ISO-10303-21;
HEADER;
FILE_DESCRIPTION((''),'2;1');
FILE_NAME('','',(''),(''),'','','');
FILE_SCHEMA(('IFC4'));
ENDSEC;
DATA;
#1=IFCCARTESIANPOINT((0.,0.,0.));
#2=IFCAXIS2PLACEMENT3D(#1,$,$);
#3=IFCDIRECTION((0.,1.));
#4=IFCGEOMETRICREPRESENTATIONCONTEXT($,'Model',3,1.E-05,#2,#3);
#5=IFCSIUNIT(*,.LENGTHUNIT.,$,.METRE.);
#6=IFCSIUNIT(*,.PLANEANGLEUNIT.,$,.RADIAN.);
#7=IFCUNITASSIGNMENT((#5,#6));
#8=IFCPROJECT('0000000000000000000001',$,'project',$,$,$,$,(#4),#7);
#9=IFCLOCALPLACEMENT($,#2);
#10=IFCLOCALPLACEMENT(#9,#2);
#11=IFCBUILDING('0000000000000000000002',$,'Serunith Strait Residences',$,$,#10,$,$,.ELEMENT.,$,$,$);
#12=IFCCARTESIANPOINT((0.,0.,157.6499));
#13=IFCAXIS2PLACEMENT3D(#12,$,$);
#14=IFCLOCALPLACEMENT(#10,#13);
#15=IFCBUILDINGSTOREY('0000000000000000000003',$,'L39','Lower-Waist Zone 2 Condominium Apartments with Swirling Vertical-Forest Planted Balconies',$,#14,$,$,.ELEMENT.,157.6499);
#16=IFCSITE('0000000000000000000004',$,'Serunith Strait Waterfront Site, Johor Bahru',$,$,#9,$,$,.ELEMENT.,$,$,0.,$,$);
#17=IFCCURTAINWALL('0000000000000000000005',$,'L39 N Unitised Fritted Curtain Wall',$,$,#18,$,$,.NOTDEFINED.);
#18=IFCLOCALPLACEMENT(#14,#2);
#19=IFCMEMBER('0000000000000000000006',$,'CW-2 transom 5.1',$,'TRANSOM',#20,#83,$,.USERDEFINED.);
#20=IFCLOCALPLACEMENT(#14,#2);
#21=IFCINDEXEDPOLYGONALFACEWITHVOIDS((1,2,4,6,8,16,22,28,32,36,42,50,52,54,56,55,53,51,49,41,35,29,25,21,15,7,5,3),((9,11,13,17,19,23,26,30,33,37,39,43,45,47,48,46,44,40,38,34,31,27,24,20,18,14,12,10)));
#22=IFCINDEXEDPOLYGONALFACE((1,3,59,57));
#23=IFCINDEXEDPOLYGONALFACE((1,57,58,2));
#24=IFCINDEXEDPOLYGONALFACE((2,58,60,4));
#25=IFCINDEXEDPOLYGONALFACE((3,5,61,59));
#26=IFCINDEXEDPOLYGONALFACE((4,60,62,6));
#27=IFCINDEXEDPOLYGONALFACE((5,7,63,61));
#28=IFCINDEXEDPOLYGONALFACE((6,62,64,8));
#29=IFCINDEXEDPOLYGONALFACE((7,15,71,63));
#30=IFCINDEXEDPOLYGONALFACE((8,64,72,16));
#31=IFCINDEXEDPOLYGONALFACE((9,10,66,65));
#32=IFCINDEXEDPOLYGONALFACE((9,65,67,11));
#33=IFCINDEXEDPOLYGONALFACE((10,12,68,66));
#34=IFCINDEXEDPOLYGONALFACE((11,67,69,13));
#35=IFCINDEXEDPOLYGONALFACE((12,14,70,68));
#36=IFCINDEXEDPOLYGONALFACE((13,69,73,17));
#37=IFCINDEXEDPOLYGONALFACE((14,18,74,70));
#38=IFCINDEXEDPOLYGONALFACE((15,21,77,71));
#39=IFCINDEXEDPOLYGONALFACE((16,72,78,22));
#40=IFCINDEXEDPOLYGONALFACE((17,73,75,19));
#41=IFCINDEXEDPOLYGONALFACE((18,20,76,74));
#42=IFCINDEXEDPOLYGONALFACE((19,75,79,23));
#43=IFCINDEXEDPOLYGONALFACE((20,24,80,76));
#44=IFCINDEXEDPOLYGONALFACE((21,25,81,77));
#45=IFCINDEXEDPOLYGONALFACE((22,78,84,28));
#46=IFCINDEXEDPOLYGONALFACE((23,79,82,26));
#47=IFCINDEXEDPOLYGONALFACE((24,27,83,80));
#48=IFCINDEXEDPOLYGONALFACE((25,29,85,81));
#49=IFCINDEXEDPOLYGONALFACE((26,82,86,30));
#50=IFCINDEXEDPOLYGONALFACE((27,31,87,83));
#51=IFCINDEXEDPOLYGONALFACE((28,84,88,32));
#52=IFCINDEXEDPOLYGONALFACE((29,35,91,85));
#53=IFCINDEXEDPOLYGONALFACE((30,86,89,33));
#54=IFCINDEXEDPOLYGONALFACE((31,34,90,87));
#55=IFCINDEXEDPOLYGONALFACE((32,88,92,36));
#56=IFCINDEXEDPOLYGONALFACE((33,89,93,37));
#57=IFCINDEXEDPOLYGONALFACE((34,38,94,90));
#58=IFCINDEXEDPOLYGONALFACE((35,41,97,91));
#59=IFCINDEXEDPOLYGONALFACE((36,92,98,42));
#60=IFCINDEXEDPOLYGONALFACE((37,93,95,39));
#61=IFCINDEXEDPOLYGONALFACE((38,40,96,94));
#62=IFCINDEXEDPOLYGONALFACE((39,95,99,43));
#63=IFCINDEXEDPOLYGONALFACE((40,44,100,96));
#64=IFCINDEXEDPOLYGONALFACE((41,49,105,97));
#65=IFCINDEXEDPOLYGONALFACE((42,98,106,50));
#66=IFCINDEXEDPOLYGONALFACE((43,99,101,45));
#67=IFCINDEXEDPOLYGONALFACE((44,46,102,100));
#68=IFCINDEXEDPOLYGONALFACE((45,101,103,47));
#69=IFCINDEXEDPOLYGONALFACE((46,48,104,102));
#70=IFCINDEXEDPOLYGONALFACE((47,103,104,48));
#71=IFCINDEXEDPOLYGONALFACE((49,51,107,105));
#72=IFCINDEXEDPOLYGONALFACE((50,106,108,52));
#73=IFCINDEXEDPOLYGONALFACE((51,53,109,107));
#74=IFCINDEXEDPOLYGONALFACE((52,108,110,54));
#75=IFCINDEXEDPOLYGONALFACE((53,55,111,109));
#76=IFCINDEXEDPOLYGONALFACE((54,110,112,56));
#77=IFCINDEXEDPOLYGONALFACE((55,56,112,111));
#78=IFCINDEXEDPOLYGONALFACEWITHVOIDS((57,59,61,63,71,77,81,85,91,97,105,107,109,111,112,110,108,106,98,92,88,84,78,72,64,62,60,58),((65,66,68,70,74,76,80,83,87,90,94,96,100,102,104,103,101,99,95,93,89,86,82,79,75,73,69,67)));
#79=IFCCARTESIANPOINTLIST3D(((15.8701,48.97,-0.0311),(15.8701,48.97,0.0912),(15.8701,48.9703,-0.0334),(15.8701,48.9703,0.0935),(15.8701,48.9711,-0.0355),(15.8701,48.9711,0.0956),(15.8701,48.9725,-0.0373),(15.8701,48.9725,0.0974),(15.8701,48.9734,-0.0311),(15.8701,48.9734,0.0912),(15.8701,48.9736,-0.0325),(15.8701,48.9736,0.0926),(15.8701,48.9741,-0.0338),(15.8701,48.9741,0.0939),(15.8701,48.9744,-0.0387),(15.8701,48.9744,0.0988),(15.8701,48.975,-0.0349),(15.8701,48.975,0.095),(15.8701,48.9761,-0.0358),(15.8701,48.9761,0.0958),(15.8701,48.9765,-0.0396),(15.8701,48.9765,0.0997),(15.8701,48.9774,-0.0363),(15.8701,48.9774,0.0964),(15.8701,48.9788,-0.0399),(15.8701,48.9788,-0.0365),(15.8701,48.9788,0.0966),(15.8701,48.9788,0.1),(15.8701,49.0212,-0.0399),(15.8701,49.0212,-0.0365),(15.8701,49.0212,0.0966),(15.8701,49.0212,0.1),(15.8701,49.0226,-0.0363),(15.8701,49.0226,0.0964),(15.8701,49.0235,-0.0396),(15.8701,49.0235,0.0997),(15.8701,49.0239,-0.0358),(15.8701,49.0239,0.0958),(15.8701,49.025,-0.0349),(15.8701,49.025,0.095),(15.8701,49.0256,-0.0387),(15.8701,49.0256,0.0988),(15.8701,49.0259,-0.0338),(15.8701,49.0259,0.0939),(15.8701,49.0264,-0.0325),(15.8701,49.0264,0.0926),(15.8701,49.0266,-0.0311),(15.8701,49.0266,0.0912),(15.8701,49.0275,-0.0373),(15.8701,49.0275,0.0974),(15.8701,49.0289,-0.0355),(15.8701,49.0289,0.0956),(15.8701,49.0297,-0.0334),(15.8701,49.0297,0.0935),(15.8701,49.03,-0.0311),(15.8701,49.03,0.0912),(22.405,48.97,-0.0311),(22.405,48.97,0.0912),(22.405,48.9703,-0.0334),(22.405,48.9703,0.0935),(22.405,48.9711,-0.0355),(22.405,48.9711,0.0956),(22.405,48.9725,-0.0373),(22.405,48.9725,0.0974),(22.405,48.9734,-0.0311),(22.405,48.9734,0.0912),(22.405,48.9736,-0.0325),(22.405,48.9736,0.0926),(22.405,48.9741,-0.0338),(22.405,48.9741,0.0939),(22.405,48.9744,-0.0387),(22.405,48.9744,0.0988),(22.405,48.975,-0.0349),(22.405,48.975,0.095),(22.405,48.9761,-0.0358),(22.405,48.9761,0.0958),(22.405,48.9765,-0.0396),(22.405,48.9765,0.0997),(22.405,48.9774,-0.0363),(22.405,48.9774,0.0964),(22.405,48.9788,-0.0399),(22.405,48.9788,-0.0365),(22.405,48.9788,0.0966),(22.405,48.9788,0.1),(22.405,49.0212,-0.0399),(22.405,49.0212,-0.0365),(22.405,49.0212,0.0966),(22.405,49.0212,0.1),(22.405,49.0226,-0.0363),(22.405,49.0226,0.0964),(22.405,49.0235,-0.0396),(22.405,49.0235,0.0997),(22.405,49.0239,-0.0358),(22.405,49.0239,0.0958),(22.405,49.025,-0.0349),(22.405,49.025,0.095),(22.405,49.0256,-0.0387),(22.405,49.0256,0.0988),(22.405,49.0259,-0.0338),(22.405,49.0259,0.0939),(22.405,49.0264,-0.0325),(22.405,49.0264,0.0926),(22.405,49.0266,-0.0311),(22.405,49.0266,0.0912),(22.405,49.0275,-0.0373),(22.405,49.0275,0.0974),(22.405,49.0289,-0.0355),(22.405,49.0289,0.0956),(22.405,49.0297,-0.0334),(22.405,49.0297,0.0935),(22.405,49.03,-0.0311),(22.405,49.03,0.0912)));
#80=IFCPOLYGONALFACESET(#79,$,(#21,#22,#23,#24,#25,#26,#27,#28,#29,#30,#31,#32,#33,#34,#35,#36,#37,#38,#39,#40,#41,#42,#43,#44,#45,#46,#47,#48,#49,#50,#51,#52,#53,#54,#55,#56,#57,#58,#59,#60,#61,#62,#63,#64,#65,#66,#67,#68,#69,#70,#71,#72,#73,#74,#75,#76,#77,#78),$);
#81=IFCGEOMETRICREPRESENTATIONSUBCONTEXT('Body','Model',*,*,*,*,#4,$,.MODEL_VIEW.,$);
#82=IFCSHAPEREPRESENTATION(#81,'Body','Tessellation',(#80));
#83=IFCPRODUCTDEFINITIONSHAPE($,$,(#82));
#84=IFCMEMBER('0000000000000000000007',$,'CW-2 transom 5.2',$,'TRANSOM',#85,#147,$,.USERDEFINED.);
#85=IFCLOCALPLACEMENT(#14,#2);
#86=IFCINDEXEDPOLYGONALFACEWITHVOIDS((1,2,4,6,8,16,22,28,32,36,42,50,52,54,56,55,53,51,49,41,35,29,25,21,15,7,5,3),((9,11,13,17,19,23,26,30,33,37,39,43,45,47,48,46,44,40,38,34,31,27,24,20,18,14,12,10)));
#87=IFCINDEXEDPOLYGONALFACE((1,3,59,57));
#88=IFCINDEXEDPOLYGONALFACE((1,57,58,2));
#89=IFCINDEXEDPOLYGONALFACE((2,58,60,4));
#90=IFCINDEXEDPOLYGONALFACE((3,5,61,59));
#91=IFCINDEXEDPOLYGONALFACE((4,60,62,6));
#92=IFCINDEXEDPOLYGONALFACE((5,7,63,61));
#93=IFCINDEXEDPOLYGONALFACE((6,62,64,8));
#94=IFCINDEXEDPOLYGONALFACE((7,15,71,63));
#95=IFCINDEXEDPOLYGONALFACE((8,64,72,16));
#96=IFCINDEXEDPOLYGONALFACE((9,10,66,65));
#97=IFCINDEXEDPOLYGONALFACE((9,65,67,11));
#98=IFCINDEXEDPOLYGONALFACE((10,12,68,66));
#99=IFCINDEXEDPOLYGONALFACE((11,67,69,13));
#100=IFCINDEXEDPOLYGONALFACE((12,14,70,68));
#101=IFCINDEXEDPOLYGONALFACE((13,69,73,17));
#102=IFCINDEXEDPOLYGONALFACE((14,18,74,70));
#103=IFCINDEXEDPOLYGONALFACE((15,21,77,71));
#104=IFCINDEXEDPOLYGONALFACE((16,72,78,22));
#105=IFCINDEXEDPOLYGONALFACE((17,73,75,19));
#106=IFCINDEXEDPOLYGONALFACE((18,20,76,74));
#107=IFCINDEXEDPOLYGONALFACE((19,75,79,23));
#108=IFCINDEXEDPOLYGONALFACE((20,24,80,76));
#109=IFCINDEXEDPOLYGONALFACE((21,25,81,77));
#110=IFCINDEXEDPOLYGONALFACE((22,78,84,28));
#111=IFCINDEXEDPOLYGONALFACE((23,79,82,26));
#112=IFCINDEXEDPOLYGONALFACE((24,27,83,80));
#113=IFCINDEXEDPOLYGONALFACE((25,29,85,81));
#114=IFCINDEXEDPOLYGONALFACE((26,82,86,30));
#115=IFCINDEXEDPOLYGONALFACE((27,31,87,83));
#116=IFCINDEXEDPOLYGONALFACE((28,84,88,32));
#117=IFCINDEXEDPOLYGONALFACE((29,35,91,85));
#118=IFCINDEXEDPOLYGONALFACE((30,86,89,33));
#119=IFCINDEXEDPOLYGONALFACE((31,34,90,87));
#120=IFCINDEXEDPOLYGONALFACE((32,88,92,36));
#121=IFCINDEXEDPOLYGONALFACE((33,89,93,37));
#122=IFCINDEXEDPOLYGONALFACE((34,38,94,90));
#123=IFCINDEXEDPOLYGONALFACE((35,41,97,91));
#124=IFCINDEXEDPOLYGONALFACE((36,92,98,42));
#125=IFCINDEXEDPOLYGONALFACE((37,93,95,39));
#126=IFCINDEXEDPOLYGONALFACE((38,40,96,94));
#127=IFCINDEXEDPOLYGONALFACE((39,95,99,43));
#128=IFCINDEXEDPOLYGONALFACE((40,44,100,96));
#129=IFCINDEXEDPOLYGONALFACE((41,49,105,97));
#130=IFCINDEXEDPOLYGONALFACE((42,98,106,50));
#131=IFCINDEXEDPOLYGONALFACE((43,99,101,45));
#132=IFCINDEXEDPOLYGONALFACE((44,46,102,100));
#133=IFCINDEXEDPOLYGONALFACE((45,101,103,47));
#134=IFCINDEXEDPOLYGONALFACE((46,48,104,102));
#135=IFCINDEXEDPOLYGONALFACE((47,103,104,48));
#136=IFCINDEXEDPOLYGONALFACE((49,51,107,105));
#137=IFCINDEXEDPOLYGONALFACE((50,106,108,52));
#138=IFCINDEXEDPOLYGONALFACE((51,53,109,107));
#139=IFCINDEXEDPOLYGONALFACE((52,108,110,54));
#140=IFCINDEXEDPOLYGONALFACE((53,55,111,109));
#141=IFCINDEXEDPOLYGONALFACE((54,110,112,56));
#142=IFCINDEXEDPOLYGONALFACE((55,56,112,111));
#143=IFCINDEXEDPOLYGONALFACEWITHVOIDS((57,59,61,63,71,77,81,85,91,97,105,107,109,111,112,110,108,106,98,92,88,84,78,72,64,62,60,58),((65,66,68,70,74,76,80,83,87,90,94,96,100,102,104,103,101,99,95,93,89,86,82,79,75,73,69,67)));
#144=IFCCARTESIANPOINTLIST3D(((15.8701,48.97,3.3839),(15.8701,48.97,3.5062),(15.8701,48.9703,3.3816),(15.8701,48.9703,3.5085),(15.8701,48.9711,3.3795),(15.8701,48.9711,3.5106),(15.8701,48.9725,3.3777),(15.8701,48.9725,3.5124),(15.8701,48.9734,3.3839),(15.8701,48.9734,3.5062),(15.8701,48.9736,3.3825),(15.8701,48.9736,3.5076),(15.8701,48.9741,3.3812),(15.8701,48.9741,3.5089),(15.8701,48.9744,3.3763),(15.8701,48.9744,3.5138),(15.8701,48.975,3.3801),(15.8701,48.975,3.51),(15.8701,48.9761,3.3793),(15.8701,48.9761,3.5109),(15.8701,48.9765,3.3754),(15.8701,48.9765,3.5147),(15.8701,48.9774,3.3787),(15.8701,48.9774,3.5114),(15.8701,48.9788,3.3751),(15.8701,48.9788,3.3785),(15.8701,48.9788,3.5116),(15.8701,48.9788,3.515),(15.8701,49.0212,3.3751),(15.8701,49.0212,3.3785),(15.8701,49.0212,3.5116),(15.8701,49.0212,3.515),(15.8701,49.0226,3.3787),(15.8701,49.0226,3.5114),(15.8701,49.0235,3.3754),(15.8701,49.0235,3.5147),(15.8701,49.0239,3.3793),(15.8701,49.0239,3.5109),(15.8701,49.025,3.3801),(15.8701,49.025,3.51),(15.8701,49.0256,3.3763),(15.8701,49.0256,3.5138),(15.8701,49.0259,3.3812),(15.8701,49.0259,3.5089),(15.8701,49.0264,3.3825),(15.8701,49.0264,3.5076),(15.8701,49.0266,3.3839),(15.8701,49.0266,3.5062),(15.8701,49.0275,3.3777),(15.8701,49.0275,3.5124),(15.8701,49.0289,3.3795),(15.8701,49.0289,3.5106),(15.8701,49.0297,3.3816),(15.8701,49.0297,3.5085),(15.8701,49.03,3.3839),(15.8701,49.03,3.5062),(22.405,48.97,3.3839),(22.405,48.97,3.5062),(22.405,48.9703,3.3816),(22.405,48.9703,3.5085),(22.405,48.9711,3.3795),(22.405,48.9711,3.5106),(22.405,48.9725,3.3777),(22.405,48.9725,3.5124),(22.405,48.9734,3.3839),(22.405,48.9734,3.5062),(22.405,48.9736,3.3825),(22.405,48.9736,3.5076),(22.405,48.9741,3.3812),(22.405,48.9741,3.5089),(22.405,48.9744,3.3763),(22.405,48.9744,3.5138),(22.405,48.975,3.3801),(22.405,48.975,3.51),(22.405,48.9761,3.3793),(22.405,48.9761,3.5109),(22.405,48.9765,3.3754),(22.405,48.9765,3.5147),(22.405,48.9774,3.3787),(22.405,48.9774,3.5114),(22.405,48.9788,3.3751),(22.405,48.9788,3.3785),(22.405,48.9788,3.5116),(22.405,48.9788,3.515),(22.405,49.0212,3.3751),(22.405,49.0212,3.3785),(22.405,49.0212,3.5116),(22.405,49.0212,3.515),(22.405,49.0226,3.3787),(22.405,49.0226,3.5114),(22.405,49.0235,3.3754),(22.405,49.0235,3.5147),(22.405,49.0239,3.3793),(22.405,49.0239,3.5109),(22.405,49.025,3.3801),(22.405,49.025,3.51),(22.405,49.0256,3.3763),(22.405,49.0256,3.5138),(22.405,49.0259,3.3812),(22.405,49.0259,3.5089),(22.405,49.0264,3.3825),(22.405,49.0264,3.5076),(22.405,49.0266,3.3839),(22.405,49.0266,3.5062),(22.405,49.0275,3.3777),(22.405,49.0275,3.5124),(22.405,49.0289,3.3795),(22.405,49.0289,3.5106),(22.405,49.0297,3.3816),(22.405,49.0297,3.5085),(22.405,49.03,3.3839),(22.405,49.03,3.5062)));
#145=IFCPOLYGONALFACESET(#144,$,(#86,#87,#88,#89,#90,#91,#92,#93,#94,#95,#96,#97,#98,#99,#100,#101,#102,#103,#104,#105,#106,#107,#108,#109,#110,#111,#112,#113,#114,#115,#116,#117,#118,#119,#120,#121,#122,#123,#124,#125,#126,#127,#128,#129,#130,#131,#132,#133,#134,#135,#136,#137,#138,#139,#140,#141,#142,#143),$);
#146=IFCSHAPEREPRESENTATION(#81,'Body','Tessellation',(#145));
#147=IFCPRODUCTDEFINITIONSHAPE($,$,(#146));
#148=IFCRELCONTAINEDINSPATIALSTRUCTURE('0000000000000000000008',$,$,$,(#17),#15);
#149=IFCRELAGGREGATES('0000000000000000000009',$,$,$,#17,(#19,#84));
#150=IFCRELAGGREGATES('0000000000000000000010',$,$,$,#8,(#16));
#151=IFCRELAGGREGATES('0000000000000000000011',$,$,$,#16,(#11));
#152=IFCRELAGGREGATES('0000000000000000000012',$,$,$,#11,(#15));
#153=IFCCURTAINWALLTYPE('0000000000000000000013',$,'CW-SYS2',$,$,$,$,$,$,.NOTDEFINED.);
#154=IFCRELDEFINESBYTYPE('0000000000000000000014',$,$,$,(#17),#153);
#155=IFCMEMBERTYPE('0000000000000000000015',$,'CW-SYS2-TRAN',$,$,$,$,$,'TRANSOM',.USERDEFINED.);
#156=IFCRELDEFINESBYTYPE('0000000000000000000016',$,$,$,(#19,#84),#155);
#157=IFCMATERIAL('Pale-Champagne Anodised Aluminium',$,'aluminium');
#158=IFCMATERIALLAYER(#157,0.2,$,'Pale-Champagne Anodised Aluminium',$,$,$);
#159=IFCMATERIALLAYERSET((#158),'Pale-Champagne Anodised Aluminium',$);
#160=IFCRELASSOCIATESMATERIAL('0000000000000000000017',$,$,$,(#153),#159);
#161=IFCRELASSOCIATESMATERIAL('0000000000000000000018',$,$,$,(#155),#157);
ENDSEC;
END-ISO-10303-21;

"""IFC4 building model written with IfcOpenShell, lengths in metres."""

from ifc_helpers import new_model, si_unit, direction, frame, origin, origin_2d, place, context, subcontext, project, spatial, hollow_rectangle, extrude, source, transform, mapped, material, layer, layer_set, material_profile, profile_set, type_object, element, aggregate, save


model = new_model("IFC4")

# Units and contexts
model_context = context("Model", 3, precision=1e-05, world=origin(), true_north=direction((0.0, 1.0)))
body_context = subcontext(model_context, "Body", "Model", "MODEL_VIEW")
ifc_project = project(units=[si_unit("LENGTHUNIT", "METRE"), si_unit("PLANEANGLEUNIT", "RADIAN")], contexts=[model_context])

# Site, building, storey
site_placement = place(None, origin())
site = spatial("IfcSite", under=ifc_project, at=site_placement, Name="Serunith Strait Waterfront Site, Johor Bahru", CompositionType="ELEMENT", RefElevation=0.0)
building_placement = place(site_placement, origin())
building = spatial("IfcBuilding", under=site, at=building_placement, Name="Serunith Strait Residences", CompositionType="ELEMENT")
storey_placement = place(building_placement, frame((0.0, 0.0, 157.6499)))
storey = spatial("IfcBuildingStorey", under=building, at=storey_placement, Name="L39", Description="Lower-Waist Zone 2 Condominium Apartments with Swirling Vertical-Forest Planted Balconies", CompositionType="ELEMENT", Elevation=157.6499)

# Curtain wall
ifc_material_1 = material(Name="Pale-Champagne Anodised Aluminium", Category="aluminium")
ifc_layer_1 = layer(ifc_material_1, 0.2, Name="Pale-Champagne Anodised Aluminium")
ifc_layer_set_1 = layer_set([ifc_layer_1], Name="Pale-Champagne Anodised Aluminium")
curtain_wall_type = type_object("IfcCurtainWallType", Name="CW-SYS2", PredefinedType="NOTDEFINED", material=ifc_layer_set_1)
curtain_wall_1_placement = place(storey_placement, origin())
curtain_wall_1 = element("IfcCurtainWall", 1, at=curtain_wall_1_placement, inside=storey, type_object=curtain_wall_type, Name="L39 N Unitised Fritted Curtain Wall", PredefinedType="NOTDEFINED")

# Members
ifc_material_profile_1 = material_profile(ifc_material_1, hollow_rectangle(XDim=0.0601, YDim=0.1399, WallThickness=0.0034, InnerFilletRadius=0.0054, OuterFilletRadius=0.0088, at=origin_2d()), Name="ALU 140x60x3.5")
ifc_profile_set_1 = profile_set([ifc_material_profile_1], Name="Pale-Champagne Anodised Aluminium")
member_type_1 = type_object("IfcMemberType", Name="CW-SYS2-TRAN", ElementType="TRANSOM", PredefinedType="USERDEFINED", material=ifc_profile_set_1)
shared_shape_1 = source(origin(), body_context, "Body", "SweptSolid", [
    extrude(hollow_rectangle(XDim=0.0601, YDim=0.1399, WallThickness=0.0034, InnerFilletRadius=0.0054, OuterFilletRadius=0.0088, at=origin_2d()), origin(), (0.0, 0.0, 1.0), 6.5349),
])
member_1_placement = place(storey_placement, frame((22.405, 49.0, 0.03), z_axis=(-1.0, 0.0, 0.0), x_axis=(0.0, -1.0, 0.0)))
member_1 = element("IfcMember", 2, at=member_1_placement, type_object=member_type_1, Name="CW-2 transom 5.1", ObjectType="TRANSOM", PredefinedType="USERDEFINED", context=body_context, shape_type="MappedRepresentation", body=[
    mapped(shared_shape_1, transform((0.0, 0.0, 0.0), scale=1.0)),
])
member_2_placement = place(storey_placement, frame((22.405, 49.0, 3.4451), z_axis=(-1.0, 0.0, 0.0), x_axis=(0.0, -1.0, 0.0)))
member_2 = element("IfcMember", 3, at=member_2_placement, type_object=member_type_1, Name="CW-2 transom 5.2", ObjectType="TRANSOM", PredefinedType="USERDEFINED", context=body_context, shape_type="MappedRepresentation", body=[
    mapped(shared_shape_1, transform((0.0, 0.0, 0.0), scale=1.0)),
])

aggregate(curtain_wall_1, [member_1, member_2])

save(model, "model.ifc")
